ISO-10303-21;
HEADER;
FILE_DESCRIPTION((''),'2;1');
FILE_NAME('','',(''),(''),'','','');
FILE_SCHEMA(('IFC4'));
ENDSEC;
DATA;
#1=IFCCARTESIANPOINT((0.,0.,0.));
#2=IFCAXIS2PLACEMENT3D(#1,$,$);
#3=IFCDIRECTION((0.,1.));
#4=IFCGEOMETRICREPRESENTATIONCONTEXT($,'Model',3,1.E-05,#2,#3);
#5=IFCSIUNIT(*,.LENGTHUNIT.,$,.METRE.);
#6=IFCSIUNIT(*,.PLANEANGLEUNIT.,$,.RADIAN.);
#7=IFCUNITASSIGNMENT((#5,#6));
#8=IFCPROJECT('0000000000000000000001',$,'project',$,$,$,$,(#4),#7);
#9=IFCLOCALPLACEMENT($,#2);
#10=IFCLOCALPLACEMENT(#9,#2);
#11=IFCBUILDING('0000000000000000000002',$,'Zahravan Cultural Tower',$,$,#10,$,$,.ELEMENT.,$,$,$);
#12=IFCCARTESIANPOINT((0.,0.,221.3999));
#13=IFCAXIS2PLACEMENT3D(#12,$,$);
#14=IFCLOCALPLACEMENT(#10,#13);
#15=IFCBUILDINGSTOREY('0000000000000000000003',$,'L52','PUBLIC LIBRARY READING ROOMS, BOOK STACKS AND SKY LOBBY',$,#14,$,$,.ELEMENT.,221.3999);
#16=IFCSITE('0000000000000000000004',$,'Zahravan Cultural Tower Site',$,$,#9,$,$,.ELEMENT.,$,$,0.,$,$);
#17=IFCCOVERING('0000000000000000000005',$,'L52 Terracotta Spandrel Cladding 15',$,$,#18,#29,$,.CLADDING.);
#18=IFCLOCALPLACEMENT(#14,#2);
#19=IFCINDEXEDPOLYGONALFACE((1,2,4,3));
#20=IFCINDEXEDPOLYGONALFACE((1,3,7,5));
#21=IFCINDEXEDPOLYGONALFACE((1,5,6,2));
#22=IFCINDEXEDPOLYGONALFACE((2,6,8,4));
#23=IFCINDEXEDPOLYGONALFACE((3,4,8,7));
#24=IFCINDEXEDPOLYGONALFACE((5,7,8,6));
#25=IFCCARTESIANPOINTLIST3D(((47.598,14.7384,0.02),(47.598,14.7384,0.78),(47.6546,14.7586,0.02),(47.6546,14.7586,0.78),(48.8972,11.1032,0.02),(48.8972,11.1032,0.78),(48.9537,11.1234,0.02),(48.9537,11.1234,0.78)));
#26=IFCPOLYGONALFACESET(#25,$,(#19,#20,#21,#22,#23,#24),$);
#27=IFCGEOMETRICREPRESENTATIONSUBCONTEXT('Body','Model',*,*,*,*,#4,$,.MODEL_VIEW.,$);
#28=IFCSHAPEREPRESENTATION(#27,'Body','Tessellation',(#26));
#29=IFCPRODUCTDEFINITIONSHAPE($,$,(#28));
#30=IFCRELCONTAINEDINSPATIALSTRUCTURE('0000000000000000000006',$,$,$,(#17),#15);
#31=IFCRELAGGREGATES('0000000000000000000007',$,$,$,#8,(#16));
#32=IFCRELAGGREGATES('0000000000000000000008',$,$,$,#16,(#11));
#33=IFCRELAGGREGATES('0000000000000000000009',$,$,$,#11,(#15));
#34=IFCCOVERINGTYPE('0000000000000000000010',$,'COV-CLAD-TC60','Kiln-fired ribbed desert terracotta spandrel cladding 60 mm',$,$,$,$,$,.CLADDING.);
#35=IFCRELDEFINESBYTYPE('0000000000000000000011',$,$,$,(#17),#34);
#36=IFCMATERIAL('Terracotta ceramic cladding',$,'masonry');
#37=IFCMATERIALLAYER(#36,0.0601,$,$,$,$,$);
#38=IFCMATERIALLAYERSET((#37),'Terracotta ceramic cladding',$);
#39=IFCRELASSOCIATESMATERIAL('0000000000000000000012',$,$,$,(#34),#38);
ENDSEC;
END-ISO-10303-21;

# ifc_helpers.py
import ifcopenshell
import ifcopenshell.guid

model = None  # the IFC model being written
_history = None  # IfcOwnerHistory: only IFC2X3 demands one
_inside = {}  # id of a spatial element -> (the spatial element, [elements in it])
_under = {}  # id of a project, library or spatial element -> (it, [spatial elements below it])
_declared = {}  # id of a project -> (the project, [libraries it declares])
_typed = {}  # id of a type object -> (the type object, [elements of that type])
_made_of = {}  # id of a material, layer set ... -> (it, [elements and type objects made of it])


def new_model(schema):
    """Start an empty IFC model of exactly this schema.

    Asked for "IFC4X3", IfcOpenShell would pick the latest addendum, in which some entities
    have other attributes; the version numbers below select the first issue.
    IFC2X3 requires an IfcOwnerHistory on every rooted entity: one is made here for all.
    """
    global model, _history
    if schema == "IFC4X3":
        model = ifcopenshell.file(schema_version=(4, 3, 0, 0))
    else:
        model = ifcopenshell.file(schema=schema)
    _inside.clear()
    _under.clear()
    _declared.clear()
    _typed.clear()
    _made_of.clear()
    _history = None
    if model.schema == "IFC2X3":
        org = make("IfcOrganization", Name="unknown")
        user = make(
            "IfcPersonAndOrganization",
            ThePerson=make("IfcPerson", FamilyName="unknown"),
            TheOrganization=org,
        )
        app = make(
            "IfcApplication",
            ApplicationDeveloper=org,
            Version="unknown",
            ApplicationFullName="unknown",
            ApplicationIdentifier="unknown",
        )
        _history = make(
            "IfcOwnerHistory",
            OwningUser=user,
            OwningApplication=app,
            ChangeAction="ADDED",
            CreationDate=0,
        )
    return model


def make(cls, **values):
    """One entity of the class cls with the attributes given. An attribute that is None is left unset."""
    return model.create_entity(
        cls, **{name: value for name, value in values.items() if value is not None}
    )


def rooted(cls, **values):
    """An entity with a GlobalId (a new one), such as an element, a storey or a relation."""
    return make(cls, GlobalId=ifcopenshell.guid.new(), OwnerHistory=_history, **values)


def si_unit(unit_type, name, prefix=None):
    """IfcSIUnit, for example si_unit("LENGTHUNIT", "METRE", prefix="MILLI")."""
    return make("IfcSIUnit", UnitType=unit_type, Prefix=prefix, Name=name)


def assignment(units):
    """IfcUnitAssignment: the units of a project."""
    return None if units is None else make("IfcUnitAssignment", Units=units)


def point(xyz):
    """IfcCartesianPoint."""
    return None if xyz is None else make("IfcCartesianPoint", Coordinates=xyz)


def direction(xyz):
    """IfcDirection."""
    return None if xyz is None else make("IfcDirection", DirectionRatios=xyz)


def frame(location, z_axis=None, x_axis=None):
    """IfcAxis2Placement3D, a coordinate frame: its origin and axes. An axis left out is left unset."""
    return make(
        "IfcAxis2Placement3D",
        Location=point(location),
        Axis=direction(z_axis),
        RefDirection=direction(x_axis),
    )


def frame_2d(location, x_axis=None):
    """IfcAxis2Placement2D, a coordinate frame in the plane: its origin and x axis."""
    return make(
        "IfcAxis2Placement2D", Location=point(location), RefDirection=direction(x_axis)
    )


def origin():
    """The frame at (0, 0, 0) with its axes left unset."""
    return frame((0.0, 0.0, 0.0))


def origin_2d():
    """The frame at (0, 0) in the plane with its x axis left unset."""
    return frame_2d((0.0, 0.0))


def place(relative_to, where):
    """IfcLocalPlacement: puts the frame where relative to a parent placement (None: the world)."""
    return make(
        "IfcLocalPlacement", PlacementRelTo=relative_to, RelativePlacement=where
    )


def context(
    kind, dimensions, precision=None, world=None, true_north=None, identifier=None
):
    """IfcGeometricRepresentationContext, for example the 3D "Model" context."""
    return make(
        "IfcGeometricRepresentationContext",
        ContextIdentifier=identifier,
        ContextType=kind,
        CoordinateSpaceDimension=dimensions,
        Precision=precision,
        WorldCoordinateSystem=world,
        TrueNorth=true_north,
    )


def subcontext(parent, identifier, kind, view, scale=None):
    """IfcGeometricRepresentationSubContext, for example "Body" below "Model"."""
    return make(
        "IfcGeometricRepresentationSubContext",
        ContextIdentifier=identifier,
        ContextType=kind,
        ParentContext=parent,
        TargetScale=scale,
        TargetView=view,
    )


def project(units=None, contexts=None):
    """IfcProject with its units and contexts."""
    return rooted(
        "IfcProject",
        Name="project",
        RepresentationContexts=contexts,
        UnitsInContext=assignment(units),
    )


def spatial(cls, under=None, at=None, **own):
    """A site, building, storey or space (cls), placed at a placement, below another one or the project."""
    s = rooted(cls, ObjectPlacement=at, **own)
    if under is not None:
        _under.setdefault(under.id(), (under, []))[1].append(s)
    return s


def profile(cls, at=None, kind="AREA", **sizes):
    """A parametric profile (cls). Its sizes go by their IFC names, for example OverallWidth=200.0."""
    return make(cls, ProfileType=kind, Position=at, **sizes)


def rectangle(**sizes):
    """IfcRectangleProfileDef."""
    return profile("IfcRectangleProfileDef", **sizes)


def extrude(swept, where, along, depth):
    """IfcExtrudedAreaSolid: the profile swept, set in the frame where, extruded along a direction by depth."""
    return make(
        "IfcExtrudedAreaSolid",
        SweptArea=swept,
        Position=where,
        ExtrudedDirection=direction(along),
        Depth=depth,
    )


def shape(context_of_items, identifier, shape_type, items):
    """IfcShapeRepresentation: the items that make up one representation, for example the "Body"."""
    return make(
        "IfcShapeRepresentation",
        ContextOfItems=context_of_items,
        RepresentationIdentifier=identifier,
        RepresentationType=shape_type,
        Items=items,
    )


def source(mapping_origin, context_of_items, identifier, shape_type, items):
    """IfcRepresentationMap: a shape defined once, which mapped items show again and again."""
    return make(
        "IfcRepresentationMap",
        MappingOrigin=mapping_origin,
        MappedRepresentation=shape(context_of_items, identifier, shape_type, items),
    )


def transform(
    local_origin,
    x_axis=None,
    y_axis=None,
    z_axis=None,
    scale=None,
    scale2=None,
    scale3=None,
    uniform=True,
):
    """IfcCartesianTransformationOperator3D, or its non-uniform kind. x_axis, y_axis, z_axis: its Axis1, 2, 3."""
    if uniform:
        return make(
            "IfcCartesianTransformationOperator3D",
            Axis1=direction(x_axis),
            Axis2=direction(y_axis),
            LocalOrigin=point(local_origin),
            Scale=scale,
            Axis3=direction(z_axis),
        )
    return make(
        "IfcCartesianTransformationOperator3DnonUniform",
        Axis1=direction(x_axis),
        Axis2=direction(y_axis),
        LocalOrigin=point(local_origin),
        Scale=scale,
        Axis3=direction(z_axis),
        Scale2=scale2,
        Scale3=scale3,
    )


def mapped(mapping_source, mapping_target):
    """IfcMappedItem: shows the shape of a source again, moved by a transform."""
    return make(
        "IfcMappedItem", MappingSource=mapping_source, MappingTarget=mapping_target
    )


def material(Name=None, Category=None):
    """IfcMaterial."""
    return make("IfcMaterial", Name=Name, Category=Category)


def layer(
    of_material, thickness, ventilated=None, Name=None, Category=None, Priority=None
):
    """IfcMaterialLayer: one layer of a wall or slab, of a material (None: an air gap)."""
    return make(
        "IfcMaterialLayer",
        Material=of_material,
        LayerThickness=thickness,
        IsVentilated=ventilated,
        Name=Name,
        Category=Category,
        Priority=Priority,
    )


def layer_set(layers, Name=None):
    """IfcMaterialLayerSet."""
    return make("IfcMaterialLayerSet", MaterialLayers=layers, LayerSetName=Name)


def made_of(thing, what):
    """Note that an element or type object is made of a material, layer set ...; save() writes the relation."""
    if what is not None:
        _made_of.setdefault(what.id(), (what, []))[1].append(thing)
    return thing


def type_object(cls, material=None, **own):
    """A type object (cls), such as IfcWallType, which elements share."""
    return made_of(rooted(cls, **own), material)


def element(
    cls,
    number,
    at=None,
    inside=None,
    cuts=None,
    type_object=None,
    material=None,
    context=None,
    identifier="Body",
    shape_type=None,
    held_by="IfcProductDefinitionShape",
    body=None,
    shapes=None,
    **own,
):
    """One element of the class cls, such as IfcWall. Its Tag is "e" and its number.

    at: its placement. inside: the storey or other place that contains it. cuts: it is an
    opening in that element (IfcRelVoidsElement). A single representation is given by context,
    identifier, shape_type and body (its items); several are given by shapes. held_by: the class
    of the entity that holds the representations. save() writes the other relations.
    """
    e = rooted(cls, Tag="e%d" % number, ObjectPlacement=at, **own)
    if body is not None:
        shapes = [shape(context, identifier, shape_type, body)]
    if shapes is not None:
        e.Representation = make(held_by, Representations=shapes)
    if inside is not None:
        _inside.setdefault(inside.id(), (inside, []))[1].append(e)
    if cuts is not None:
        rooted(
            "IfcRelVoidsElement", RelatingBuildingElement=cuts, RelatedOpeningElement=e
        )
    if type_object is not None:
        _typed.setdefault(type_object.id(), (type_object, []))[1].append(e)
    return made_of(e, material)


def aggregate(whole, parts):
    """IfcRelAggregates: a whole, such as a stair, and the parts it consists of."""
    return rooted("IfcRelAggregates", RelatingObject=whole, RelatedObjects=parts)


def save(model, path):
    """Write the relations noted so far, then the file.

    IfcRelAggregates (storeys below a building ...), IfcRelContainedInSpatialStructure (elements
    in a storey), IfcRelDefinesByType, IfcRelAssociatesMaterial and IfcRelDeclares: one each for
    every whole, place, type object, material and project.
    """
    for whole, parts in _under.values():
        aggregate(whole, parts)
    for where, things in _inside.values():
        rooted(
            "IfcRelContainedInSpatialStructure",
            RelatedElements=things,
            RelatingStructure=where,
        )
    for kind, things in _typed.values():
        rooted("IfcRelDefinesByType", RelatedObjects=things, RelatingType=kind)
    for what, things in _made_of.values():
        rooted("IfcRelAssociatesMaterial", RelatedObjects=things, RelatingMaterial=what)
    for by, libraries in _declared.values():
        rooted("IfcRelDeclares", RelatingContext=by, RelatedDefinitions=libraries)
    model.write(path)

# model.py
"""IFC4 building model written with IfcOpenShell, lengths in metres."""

from ifc_helpers import new_model, si_unit, direction, frame, origin, origin_2d, place, context, subcontext, project, spatial, rectangle, extrude, source, transform, mapped, material, layer, layer_set, type_object, element, save


model = new_model("IFC4")

# Units and contexts
model_context = context("Model", 3, precision=1e-05, world=origin(), true_north=direction((0.0, 1.0)))
body_context = subcontext(model_context, "Body", "Model", "MODEL_VIEW")
ifc_project = project(units=[si_unit("LENGTHUNIT", "METRE"), si_unit("PLANEANGLEUNIT", "RADIAN")], contexts=[model_context])

# Site, building, storey
site_placement = place(None, origin())
site = spatial("IfcSite", under=ifc_project, at=site_placement, Name="Zahravan Cultural Tower Site", CompositionType="ELEMENT", RefElevation=0.0)
building_placement = place(site_placement, origin())
building = spatial("IfcBuilding", under=site, at=building_placement, Name="Zahravan Cultural Tower", CompositionType="ELEMENT")
storey_placement = place(building_placement, frame((0.0, 0.0, 221.3999)))
storey = spatial("IfcBuildingStorey", under=building, at=storey_placement, Name="L52", Description="PUBLIC LIBRARY READING ROOMS, BOOK STACKS AND SKY LOBBY", CompositionType="ELEMENT", Elevation=221.3999)

# Covering
ifc_material_1 = material(Name="Terracotta ceramic cladding", Category="masonry")
ifc_layer_1 = layer(ifc_material_1, 0.0601)
ifc_layer_set_1 = layer_set([ifc_layer_1], Name="Terracotta ceramic cladding")
covering_type = type_object("IfcCoveringType", Name="COV-CLAD-TC60", Description="Kiln-fired ribbed desert terracotta spandrel cladding 60 mm", PredefinedType="CLADDING", material=ifc_layer_set_1)
shared_shape_1 = source(origin(), body_context, "Body", "SweptSolid", [
    extrude(rectangle(XDim=3.8604, YDim=0.0601, at=origin_2d()), origin(), (0.0, 0.0, 1.0), 0.76),
])
covering_1_placement = place(storey_placement, frame((48.2759, 12.9309, 0.02), z_axis=(0.0, 0.0, 1.0), x_axis=(0.336537, -0.94167, 0.0)))
element("IfcCovering", 1, at=covering_1_placement, inside=storey, type_object=covering_type, Name="L52 Terracotta Spandrel Cladding 15", PredefinedType="CLADDING", context=body_context, shape_type="MappedRepresentation", body=[
    mapped(shared_shape_1, transform((0.0, 0.0, 0.0), x_axis=(1.0, 0.0, 0.0), y_axis=(0.0, 1.0, 0.0), z_axis=(0.0, 0.0, 1.0), scale=1.0)),
])

save(model, "model.ifc")
